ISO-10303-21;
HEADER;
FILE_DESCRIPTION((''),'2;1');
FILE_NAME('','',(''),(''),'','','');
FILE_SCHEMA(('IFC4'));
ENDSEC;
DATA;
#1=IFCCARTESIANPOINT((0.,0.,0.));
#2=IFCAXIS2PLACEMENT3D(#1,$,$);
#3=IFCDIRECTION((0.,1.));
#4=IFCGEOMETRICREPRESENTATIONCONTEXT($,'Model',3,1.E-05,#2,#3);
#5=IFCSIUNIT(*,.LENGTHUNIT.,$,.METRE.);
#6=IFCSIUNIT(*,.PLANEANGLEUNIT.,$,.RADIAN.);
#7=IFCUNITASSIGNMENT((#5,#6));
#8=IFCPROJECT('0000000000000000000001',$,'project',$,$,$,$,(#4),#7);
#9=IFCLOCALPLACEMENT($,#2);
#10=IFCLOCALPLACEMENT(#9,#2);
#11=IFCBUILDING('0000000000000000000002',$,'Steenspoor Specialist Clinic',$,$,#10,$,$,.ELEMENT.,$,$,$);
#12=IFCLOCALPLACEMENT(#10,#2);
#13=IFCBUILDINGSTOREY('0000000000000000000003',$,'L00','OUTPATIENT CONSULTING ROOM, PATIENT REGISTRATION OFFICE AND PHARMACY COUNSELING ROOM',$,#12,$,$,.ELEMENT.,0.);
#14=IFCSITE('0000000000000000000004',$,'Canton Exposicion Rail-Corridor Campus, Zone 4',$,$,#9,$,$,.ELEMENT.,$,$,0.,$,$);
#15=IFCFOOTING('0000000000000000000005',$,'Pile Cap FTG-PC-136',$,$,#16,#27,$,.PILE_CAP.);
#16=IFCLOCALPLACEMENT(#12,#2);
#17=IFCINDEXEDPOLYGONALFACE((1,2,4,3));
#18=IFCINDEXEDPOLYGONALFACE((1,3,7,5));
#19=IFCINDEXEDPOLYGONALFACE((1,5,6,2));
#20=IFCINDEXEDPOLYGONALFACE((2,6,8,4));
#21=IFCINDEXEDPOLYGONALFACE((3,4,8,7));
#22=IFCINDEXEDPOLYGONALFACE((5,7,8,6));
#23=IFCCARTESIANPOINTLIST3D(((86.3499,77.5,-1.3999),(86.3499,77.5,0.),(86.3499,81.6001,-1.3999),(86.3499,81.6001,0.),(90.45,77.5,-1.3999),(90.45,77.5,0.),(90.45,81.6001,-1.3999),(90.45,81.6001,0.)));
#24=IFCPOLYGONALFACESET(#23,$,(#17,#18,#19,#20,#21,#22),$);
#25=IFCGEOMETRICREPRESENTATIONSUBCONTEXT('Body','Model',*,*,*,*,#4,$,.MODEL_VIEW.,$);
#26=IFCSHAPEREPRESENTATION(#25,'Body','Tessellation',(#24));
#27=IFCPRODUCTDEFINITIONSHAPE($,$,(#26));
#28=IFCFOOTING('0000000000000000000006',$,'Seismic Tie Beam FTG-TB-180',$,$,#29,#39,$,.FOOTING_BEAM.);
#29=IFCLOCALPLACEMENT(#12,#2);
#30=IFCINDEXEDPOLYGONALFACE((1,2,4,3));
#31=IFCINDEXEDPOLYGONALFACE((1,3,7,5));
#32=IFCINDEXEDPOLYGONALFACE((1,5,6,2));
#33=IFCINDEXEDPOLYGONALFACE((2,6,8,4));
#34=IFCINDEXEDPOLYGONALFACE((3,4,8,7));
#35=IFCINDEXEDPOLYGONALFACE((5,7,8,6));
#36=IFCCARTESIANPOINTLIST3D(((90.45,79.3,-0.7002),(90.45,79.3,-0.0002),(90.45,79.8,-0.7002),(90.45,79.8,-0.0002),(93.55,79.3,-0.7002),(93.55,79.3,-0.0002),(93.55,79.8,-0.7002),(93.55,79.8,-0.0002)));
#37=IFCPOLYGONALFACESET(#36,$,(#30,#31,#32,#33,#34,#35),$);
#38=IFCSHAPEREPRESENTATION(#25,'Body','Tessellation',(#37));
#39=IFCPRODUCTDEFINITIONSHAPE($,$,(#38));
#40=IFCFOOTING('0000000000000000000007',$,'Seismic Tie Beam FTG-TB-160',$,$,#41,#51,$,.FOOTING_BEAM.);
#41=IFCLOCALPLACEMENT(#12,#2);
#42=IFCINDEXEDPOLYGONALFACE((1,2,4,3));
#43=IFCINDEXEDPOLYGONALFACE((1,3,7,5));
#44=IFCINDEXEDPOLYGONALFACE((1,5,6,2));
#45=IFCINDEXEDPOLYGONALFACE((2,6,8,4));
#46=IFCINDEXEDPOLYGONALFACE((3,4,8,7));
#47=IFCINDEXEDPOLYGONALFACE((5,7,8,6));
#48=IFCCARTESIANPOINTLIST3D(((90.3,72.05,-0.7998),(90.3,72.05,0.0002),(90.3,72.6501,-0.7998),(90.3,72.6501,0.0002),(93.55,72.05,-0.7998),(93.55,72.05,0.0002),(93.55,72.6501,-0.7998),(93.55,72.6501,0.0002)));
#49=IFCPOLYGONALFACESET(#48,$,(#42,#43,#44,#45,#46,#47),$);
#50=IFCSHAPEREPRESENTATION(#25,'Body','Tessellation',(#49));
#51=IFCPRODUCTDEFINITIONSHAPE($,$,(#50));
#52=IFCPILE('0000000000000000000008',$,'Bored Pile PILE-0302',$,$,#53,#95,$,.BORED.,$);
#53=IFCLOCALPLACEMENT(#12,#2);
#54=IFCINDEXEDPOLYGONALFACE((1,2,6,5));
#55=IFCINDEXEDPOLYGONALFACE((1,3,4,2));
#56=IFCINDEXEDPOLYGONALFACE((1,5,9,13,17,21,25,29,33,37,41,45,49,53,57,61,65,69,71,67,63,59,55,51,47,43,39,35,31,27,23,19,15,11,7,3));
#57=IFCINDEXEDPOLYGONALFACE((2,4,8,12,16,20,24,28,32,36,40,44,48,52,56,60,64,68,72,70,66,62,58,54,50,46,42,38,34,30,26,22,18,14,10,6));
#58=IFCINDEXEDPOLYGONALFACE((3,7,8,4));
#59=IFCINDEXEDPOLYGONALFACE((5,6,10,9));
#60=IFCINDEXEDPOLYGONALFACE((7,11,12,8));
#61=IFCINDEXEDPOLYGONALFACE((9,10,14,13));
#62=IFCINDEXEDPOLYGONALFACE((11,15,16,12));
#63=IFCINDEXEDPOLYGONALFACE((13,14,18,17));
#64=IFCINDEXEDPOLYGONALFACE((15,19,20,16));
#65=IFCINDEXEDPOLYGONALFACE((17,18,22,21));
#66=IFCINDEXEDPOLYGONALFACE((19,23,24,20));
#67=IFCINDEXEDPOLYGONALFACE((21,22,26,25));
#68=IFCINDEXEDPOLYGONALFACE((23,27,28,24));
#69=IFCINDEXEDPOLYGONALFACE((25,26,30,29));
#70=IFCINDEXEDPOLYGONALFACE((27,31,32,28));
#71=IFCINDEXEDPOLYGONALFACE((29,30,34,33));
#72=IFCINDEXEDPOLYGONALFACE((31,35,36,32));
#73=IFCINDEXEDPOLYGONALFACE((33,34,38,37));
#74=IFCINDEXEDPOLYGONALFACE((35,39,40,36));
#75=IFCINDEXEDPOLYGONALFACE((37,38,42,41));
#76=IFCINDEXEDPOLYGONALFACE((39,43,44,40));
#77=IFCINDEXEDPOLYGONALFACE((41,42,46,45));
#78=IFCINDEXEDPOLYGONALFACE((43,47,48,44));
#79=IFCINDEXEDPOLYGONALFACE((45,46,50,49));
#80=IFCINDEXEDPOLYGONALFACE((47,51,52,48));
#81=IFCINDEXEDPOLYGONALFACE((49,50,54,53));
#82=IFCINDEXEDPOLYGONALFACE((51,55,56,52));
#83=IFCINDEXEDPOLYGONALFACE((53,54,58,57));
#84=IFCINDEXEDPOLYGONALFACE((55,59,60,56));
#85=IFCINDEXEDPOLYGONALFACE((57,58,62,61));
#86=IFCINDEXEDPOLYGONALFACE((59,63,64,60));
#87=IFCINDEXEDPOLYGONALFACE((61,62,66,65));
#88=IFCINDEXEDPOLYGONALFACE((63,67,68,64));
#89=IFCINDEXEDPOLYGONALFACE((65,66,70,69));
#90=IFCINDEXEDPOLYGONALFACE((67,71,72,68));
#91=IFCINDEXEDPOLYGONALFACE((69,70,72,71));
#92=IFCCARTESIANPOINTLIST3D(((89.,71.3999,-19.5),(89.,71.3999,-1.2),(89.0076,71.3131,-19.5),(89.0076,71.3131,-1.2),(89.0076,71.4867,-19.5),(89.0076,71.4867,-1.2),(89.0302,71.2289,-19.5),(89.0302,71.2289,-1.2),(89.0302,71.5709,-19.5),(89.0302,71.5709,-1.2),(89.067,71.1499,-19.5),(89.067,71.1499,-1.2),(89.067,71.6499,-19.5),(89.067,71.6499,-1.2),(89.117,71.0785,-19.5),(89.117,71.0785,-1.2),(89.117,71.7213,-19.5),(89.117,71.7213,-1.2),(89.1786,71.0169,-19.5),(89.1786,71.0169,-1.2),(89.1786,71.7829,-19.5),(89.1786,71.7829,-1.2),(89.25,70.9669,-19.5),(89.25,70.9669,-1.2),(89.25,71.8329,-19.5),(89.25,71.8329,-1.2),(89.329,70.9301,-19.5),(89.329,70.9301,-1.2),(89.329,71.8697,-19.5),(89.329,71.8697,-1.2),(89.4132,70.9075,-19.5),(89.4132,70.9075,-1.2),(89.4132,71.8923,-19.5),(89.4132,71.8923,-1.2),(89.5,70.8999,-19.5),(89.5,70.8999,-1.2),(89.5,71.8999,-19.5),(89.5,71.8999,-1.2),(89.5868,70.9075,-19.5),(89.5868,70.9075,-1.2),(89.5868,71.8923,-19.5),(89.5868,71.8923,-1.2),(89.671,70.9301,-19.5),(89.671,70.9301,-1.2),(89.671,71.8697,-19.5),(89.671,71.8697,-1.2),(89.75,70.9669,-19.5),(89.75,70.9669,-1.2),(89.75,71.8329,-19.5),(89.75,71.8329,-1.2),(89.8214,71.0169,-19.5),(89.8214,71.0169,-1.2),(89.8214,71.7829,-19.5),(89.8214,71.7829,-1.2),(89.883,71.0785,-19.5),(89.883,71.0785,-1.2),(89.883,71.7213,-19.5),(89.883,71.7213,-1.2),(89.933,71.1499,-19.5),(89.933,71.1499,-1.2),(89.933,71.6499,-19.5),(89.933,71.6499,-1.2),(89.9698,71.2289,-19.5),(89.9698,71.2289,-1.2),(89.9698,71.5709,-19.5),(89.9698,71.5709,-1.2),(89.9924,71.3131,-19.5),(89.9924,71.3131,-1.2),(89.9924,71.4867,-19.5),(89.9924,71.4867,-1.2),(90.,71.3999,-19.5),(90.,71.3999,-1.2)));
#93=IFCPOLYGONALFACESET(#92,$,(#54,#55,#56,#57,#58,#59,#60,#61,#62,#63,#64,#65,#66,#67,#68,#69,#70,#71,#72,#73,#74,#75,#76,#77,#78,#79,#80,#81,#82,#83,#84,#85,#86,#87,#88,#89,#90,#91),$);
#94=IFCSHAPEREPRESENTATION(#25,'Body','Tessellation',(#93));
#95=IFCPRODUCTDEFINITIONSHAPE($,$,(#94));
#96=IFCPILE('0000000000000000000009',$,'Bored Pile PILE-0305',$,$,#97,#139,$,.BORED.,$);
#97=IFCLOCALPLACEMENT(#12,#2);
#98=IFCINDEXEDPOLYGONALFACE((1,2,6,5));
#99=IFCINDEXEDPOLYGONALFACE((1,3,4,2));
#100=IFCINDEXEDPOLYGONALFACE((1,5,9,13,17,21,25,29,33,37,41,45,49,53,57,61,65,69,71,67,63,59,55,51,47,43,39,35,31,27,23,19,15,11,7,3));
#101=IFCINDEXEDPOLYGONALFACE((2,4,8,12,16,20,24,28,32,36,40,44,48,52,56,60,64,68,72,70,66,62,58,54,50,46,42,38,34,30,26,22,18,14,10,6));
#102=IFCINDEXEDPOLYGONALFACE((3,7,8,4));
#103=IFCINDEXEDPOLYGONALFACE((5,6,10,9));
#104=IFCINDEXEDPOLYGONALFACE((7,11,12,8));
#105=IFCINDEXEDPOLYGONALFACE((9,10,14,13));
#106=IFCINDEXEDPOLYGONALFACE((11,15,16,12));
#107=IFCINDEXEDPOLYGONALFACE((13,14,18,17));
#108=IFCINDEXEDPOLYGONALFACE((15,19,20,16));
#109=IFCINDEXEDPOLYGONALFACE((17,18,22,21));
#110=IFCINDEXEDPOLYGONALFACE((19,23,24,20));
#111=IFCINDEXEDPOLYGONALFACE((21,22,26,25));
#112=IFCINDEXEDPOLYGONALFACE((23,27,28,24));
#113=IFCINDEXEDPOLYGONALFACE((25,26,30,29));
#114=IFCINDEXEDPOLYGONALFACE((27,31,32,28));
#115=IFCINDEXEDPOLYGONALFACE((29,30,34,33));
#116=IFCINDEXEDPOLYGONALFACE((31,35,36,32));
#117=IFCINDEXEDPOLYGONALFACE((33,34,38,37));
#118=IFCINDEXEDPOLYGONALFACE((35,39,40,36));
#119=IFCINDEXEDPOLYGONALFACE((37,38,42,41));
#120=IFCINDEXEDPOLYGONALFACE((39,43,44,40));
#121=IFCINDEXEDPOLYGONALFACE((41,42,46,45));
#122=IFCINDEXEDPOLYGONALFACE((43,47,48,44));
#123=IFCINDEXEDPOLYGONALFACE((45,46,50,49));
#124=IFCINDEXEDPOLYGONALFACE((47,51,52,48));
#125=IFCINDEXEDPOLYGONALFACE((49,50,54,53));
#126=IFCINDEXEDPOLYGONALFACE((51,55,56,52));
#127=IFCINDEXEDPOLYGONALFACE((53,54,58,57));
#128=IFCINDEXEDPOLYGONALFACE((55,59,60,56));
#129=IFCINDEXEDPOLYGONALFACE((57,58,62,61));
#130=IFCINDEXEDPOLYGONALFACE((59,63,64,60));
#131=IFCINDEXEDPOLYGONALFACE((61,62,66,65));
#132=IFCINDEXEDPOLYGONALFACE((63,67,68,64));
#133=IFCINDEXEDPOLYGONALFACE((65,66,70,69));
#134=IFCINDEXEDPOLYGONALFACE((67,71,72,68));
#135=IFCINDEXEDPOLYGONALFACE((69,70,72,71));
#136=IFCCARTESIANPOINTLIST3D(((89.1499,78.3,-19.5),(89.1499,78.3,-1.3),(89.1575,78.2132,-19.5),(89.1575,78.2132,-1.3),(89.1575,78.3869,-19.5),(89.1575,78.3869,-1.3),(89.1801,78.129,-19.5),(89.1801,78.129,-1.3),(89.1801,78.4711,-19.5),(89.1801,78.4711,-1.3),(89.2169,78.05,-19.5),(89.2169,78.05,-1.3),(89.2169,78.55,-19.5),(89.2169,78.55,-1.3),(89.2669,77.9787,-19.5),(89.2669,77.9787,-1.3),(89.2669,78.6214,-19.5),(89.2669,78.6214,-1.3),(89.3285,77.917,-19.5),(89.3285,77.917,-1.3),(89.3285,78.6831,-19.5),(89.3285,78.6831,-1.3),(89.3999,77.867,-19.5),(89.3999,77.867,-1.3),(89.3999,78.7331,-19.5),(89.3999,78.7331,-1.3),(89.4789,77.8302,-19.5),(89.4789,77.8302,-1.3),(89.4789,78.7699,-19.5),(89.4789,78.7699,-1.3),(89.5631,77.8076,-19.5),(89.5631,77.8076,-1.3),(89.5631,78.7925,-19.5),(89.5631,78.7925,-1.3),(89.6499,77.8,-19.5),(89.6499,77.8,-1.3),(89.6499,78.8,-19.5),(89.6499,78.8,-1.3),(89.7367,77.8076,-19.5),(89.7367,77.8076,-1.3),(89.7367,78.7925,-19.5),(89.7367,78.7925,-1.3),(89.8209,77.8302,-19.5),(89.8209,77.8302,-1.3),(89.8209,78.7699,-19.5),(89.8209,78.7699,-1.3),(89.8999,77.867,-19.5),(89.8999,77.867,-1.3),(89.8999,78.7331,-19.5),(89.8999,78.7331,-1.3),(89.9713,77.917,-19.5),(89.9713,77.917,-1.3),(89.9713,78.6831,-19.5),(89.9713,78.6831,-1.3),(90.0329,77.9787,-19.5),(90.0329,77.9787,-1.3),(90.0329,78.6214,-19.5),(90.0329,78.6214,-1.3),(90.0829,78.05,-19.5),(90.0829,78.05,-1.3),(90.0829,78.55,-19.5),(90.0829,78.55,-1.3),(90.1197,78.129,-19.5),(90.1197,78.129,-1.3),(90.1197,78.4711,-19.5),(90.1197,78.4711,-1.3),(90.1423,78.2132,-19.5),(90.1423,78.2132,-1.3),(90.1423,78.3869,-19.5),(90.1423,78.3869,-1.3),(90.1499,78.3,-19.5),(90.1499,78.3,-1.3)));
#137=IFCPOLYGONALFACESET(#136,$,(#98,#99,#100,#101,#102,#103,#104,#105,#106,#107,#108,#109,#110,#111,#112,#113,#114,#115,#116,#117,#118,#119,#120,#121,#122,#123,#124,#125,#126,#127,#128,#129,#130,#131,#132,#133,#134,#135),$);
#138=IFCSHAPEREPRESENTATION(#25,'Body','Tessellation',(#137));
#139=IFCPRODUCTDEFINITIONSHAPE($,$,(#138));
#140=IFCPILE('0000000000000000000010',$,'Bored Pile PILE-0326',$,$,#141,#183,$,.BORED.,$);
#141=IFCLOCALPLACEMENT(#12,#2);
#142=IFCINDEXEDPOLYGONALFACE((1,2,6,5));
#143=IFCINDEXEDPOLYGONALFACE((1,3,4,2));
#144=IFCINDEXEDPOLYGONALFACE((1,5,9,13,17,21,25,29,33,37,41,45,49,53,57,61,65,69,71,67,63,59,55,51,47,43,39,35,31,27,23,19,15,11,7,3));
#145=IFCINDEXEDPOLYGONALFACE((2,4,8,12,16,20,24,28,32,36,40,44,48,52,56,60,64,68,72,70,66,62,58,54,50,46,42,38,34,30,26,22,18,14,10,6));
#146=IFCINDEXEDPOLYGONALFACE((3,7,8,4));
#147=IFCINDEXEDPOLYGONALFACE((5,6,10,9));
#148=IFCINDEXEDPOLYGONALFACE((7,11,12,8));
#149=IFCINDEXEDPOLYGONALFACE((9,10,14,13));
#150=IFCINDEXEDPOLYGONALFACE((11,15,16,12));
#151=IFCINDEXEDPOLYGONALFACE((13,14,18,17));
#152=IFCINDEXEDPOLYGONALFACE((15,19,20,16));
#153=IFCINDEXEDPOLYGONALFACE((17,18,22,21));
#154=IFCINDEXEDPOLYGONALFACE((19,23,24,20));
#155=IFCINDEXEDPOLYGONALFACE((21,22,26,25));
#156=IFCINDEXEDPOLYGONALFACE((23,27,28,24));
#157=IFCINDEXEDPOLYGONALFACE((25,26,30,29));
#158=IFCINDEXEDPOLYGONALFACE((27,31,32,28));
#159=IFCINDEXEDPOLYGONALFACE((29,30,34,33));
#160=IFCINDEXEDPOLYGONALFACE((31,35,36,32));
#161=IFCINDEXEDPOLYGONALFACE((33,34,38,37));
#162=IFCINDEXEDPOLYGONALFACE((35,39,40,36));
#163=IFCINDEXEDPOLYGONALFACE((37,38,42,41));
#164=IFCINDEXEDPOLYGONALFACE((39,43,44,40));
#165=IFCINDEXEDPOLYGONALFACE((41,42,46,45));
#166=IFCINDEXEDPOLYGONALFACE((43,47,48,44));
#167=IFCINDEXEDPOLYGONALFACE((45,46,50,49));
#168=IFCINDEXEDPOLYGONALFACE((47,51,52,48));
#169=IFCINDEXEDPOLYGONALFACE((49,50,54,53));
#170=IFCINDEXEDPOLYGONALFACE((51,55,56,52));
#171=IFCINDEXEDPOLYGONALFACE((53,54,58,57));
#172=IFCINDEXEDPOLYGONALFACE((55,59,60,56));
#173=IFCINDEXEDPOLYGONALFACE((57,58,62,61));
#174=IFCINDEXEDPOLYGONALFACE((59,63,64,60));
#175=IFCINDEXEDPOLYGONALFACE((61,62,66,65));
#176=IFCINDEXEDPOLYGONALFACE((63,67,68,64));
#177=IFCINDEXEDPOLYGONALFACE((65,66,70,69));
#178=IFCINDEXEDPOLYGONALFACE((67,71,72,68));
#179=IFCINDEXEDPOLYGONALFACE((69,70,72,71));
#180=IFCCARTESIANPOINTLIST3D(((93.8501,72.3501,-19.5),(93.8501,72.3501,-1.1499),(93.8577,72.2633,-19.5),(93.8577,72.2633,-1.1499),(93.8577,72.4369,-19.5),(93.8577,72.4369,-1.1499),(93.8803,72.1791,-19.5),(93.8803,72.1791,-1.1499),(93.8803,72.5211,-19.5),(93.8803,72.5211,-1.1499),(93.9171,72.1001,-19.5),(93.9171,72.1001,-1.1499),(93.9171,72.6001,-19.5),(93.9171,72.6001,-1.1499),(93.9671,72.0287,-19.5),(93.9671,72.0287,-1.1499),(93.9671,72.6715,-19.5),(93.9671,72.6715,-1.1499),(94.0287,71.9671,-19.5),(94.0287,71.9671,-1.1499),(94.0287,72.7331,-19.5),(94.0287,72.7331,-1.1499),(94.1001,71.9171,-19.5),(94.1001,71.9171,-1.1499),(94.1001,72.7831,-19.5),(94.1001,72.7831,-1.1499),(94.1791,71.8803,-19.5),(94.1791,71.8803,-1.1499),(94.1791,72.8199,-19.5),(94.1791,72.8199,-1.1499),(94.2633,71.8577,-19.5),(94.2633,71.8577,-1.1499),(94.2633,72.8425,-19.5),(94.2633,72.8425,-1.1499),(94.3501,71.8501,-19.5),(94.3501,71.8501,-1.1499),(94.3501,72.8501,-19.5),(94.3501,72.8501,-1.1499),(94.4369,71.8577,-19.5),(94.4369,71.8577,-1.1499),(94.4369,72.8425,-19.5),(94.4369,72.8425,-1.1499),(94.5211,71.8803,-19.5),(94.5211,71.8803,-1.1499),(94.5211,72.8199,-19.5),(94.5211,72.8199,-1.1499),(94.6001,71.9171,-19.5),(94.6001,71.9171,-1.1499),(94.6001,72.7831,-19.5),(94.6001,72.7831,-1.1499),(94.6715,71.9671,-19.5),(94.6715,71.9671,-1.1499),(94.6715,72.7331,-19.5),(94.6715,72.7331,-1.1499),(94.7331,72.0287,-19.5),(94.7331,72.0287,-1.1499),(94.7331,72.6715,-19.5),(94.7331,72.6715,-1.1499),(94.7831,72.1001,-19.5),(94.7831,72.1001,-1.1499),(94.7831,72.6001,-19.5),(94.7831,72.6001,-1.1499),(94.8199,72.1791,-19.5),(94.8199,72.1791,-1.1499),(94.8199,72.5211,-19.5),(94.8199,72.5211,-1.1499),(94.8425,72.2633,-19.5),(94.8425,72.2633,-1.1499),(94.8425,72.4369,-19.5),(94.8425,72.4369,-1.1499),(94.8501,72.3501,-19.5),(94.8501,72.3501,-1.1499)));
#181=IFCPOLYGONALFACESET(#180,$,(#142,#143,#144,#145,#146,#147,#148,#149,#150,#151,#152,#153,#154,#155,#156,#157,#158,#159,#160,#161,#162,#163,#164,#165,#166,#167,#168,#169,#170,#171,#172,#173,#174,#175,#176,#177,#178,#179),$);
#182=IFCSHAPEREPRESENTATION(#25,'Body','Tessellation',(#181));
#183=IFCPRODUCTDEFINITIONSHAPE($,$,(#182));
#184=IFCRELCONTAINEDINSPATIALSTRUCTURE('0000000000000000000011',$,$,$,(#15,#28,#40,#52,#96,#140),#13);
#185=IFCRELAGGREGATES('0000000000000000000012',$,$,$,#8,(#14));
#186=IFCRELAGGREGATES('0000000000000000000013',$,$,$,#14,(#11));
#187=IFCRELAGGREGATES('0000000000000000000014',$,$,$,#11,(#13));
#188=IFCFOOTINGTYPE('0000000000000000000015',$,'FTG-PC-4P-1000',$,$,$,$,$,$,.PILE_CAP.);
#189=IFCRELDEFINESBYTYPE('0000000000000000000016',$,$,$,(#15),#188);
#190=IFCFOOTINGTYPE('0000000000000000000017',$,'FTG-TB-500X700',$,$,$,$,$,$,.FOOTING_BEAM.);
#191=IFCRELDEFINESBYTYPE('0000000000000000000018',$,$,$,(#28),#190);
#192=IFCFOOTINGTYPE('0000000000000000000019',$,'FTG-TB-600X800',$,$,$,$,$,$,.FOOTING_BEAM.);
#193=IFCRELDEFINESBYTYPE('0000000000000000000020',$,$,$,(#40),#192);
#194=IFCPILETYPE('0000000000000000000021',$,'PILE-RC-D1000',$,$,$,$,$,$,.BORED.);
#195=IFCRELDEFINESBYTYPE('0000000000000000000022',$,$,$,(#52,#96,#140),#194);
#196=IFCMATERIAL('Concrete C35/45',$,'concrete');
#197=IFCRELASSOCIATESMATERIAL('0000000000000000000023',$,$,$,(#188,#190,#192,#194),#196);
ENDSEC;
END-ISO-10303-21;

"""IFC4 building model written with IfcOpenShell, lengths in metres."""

from ifc_helpers import new_model, si_unit, direction, frame, origin, origin_2d, place, context, subcontext, project, spatial, rectangle, circle, extrude, material, material_profile, profile_set, type_object, element, save


model = new_model("IFC4")

# Units and contexts
model_context = context("Model", 3, precision=1e-05, world=origin(), true_north=direction((0.0, 1.0)))
body_context = subcontext(model_context, "Body", "Model", "MODEL_VIEW")
ifc_project = project(units=[si_unit("LENGTHUNIT", "METRE"), si_unit("PLANEANGLEUNIT", "RADIAN")], contexts=[model_context])

# Site, building, storey
site_placement = place(None, origin())
site = spatial("IfcSite", under=ifc_project, at=site_placement, Name="Canton Exposicion Rail-Corridor Campus, Zone 4", CompositionType="ELEMENT", RefElevation=0.0)
building_placement = place(site_placement, origin())
building = spatial("IfcBuilding", under=site, at=building_placement, Name="Steenspoor Specialist Clinic", CompositionType="ELEMENT")
storey_placement = place(building_placement, origin())
storey = spatial("IfcBuildingStorey", under=building, at=storey_placement, Name="L00", Description="OUTPATIENT CONSULTING ROOM, PATIENT REGISTRATION OFFICE AND PHARMACY COUNSELING ROOM", CompositionType="ELEMENT", Elevation=0.0)

# Footings
ifc_material_1 = material(Name="Concrete C35/45", Category="concrete")
footing_type_1 = type_object("IfcFootingType", Name="FTG-PC-4P-1000", PredefinedType="PILE_CAP", material=ifc_material_1)
footing_1_placement = place(storey_placement, frame((88.3999, 79.55, -1.3999), z_axis=(0.0, 0.0, 1.0), x_axis=(1.0, 0.0, 0.0)))
element("IfcFooting", 1, at=footing_1_placement, inside=storey, type_object=footing_type_1, Name="Pile Cap FTG-PC-136", PredefinedType="PILE_CAP", context=body_context, shape_type="SweptSolid", body=[
    extrude(rectangle(XDim=4.1001, YDim=4.1001, at=origin_2d()), origin(), (0.0, 0.0, 1.0), 1.3999),
])
footing_type_2 = type_object("IfcFootingType", Name="FTG-TB-500X700", PredefinedType="FOOTING_BEAM", material=ifc_material_1)
footing_2_placement = place(storey_placement, frame((92.0, 79.55, -0.7002), z_axis=(0.0, 0.0, 1.0), x_axis=(1.0, 0.0, 0.0)))
element("IfcFooting", 2, at=footing_2_placement, inside=storey, type_object=footing_type_2, Name="Seismic Tie Beam FTG-TB-180", PredefinedType="FOOTING_BEAM", context=body_context, shape_type="SweptSolid", body=[
    extrude(rectangle(XDim=3.1001, YDim=0.5, at=origin_2d()), origin(), (0.0, 0.0, 1.0), 0.7),
])
footing_type_3 = type_object("IfcFootingType", Name="FTG-TB-600X800", PredefinedType="FOOTING_BEAM", material=ifc_material_1)
footing_3_placement = place(storey_placement, frame((91.925, 72.3501, -0.7998), z_axis=(0.0, 0.0, 1.0), x_axis=(1.0, 0.0, 0.0)))
element("IfcFooting", 3, at=footing_3_placement, inside=storey, type_object=footing_type_3, Name="Seismic Tie Beam FTG-TB-160", PredefinedType="FOOTING_BEAM", context=body_context, shape_type="SweptSolid", body=[
    extrude(rectangle(XDim=3.25, YDim=0.6001, at=origin_2d()), origin(), (0.0, 0.0, 1.0), 0.8),
])

# Piles
ifc_material_profile_1 = material_profile(ifc_material_1, circle(Radius=0.5, at=origin_2d()), Name="PILE-D1000")
ifc_profile_set_1 = profile_set([ifc_material_profile_1], Name="Concrete C35/45")
pile_type = type_object("IfcPileType", Name="PILE-RC-D1000", PredefinedType="BORED", material=ifc_profile_set_1)
pile_1_placement = place(storey_placement, frame((89.5, 71.3999, -1.2), z_axis=(0.0, 0.0, -1.0), x_axis=(1.0, 0.0, 0.0)))
element("IfcPile", 4, at=pile_1_placement, inside=storey, type_object=pile_type, Name="Bored Pile PILE-0302", PredefinedType="BORED", context=body_context, shape_type="SweptSolid", body=[
    extrude(circle(Radius=0.5, at=origin_2d()), origin(), (0.0, 0.0, 1.0), 18.3),
])
pile_2_placement = place(storey_placement, frame((89.6499, 78.3, -1.3), z_axis=(0.0, 0.0, -1.0), x_axis=(1.0, 0.0, 0.0)))
element("IfcPile", 5, at=pile_2_placement, inside=storey, type_object=pile_type, Name="Bored Pile PILE-0305", PredefinedType="BORED", context=body_context, shape_type="SweptSolid", body=[
    extrude(circle(Radius=0.5, at=origin_2d()), origin(), (0.0, 0.0, 1.0), 18.2),
])
pile_3_placement = place(storey_placement, frame((94.3501, 72.3501, -1.1499), z_axis=(0.0, 0.0, -1.0), x_axis=(1.0, 0.0, 0.0)))
element("IfcPile", 6, at=pile_3_placement, inside=storey, type_object=pile_type, Name="Bored Pile PILE-0326", PredefinedType="BORED", context=body_context, shape_type="SweptSolid", body=[
    extrude(circle(Radius=0.5, at=origin_2d()), origin(), (0.0, 0.0, 1.0), 18.3501),
])

save(model, "model.ifc")
